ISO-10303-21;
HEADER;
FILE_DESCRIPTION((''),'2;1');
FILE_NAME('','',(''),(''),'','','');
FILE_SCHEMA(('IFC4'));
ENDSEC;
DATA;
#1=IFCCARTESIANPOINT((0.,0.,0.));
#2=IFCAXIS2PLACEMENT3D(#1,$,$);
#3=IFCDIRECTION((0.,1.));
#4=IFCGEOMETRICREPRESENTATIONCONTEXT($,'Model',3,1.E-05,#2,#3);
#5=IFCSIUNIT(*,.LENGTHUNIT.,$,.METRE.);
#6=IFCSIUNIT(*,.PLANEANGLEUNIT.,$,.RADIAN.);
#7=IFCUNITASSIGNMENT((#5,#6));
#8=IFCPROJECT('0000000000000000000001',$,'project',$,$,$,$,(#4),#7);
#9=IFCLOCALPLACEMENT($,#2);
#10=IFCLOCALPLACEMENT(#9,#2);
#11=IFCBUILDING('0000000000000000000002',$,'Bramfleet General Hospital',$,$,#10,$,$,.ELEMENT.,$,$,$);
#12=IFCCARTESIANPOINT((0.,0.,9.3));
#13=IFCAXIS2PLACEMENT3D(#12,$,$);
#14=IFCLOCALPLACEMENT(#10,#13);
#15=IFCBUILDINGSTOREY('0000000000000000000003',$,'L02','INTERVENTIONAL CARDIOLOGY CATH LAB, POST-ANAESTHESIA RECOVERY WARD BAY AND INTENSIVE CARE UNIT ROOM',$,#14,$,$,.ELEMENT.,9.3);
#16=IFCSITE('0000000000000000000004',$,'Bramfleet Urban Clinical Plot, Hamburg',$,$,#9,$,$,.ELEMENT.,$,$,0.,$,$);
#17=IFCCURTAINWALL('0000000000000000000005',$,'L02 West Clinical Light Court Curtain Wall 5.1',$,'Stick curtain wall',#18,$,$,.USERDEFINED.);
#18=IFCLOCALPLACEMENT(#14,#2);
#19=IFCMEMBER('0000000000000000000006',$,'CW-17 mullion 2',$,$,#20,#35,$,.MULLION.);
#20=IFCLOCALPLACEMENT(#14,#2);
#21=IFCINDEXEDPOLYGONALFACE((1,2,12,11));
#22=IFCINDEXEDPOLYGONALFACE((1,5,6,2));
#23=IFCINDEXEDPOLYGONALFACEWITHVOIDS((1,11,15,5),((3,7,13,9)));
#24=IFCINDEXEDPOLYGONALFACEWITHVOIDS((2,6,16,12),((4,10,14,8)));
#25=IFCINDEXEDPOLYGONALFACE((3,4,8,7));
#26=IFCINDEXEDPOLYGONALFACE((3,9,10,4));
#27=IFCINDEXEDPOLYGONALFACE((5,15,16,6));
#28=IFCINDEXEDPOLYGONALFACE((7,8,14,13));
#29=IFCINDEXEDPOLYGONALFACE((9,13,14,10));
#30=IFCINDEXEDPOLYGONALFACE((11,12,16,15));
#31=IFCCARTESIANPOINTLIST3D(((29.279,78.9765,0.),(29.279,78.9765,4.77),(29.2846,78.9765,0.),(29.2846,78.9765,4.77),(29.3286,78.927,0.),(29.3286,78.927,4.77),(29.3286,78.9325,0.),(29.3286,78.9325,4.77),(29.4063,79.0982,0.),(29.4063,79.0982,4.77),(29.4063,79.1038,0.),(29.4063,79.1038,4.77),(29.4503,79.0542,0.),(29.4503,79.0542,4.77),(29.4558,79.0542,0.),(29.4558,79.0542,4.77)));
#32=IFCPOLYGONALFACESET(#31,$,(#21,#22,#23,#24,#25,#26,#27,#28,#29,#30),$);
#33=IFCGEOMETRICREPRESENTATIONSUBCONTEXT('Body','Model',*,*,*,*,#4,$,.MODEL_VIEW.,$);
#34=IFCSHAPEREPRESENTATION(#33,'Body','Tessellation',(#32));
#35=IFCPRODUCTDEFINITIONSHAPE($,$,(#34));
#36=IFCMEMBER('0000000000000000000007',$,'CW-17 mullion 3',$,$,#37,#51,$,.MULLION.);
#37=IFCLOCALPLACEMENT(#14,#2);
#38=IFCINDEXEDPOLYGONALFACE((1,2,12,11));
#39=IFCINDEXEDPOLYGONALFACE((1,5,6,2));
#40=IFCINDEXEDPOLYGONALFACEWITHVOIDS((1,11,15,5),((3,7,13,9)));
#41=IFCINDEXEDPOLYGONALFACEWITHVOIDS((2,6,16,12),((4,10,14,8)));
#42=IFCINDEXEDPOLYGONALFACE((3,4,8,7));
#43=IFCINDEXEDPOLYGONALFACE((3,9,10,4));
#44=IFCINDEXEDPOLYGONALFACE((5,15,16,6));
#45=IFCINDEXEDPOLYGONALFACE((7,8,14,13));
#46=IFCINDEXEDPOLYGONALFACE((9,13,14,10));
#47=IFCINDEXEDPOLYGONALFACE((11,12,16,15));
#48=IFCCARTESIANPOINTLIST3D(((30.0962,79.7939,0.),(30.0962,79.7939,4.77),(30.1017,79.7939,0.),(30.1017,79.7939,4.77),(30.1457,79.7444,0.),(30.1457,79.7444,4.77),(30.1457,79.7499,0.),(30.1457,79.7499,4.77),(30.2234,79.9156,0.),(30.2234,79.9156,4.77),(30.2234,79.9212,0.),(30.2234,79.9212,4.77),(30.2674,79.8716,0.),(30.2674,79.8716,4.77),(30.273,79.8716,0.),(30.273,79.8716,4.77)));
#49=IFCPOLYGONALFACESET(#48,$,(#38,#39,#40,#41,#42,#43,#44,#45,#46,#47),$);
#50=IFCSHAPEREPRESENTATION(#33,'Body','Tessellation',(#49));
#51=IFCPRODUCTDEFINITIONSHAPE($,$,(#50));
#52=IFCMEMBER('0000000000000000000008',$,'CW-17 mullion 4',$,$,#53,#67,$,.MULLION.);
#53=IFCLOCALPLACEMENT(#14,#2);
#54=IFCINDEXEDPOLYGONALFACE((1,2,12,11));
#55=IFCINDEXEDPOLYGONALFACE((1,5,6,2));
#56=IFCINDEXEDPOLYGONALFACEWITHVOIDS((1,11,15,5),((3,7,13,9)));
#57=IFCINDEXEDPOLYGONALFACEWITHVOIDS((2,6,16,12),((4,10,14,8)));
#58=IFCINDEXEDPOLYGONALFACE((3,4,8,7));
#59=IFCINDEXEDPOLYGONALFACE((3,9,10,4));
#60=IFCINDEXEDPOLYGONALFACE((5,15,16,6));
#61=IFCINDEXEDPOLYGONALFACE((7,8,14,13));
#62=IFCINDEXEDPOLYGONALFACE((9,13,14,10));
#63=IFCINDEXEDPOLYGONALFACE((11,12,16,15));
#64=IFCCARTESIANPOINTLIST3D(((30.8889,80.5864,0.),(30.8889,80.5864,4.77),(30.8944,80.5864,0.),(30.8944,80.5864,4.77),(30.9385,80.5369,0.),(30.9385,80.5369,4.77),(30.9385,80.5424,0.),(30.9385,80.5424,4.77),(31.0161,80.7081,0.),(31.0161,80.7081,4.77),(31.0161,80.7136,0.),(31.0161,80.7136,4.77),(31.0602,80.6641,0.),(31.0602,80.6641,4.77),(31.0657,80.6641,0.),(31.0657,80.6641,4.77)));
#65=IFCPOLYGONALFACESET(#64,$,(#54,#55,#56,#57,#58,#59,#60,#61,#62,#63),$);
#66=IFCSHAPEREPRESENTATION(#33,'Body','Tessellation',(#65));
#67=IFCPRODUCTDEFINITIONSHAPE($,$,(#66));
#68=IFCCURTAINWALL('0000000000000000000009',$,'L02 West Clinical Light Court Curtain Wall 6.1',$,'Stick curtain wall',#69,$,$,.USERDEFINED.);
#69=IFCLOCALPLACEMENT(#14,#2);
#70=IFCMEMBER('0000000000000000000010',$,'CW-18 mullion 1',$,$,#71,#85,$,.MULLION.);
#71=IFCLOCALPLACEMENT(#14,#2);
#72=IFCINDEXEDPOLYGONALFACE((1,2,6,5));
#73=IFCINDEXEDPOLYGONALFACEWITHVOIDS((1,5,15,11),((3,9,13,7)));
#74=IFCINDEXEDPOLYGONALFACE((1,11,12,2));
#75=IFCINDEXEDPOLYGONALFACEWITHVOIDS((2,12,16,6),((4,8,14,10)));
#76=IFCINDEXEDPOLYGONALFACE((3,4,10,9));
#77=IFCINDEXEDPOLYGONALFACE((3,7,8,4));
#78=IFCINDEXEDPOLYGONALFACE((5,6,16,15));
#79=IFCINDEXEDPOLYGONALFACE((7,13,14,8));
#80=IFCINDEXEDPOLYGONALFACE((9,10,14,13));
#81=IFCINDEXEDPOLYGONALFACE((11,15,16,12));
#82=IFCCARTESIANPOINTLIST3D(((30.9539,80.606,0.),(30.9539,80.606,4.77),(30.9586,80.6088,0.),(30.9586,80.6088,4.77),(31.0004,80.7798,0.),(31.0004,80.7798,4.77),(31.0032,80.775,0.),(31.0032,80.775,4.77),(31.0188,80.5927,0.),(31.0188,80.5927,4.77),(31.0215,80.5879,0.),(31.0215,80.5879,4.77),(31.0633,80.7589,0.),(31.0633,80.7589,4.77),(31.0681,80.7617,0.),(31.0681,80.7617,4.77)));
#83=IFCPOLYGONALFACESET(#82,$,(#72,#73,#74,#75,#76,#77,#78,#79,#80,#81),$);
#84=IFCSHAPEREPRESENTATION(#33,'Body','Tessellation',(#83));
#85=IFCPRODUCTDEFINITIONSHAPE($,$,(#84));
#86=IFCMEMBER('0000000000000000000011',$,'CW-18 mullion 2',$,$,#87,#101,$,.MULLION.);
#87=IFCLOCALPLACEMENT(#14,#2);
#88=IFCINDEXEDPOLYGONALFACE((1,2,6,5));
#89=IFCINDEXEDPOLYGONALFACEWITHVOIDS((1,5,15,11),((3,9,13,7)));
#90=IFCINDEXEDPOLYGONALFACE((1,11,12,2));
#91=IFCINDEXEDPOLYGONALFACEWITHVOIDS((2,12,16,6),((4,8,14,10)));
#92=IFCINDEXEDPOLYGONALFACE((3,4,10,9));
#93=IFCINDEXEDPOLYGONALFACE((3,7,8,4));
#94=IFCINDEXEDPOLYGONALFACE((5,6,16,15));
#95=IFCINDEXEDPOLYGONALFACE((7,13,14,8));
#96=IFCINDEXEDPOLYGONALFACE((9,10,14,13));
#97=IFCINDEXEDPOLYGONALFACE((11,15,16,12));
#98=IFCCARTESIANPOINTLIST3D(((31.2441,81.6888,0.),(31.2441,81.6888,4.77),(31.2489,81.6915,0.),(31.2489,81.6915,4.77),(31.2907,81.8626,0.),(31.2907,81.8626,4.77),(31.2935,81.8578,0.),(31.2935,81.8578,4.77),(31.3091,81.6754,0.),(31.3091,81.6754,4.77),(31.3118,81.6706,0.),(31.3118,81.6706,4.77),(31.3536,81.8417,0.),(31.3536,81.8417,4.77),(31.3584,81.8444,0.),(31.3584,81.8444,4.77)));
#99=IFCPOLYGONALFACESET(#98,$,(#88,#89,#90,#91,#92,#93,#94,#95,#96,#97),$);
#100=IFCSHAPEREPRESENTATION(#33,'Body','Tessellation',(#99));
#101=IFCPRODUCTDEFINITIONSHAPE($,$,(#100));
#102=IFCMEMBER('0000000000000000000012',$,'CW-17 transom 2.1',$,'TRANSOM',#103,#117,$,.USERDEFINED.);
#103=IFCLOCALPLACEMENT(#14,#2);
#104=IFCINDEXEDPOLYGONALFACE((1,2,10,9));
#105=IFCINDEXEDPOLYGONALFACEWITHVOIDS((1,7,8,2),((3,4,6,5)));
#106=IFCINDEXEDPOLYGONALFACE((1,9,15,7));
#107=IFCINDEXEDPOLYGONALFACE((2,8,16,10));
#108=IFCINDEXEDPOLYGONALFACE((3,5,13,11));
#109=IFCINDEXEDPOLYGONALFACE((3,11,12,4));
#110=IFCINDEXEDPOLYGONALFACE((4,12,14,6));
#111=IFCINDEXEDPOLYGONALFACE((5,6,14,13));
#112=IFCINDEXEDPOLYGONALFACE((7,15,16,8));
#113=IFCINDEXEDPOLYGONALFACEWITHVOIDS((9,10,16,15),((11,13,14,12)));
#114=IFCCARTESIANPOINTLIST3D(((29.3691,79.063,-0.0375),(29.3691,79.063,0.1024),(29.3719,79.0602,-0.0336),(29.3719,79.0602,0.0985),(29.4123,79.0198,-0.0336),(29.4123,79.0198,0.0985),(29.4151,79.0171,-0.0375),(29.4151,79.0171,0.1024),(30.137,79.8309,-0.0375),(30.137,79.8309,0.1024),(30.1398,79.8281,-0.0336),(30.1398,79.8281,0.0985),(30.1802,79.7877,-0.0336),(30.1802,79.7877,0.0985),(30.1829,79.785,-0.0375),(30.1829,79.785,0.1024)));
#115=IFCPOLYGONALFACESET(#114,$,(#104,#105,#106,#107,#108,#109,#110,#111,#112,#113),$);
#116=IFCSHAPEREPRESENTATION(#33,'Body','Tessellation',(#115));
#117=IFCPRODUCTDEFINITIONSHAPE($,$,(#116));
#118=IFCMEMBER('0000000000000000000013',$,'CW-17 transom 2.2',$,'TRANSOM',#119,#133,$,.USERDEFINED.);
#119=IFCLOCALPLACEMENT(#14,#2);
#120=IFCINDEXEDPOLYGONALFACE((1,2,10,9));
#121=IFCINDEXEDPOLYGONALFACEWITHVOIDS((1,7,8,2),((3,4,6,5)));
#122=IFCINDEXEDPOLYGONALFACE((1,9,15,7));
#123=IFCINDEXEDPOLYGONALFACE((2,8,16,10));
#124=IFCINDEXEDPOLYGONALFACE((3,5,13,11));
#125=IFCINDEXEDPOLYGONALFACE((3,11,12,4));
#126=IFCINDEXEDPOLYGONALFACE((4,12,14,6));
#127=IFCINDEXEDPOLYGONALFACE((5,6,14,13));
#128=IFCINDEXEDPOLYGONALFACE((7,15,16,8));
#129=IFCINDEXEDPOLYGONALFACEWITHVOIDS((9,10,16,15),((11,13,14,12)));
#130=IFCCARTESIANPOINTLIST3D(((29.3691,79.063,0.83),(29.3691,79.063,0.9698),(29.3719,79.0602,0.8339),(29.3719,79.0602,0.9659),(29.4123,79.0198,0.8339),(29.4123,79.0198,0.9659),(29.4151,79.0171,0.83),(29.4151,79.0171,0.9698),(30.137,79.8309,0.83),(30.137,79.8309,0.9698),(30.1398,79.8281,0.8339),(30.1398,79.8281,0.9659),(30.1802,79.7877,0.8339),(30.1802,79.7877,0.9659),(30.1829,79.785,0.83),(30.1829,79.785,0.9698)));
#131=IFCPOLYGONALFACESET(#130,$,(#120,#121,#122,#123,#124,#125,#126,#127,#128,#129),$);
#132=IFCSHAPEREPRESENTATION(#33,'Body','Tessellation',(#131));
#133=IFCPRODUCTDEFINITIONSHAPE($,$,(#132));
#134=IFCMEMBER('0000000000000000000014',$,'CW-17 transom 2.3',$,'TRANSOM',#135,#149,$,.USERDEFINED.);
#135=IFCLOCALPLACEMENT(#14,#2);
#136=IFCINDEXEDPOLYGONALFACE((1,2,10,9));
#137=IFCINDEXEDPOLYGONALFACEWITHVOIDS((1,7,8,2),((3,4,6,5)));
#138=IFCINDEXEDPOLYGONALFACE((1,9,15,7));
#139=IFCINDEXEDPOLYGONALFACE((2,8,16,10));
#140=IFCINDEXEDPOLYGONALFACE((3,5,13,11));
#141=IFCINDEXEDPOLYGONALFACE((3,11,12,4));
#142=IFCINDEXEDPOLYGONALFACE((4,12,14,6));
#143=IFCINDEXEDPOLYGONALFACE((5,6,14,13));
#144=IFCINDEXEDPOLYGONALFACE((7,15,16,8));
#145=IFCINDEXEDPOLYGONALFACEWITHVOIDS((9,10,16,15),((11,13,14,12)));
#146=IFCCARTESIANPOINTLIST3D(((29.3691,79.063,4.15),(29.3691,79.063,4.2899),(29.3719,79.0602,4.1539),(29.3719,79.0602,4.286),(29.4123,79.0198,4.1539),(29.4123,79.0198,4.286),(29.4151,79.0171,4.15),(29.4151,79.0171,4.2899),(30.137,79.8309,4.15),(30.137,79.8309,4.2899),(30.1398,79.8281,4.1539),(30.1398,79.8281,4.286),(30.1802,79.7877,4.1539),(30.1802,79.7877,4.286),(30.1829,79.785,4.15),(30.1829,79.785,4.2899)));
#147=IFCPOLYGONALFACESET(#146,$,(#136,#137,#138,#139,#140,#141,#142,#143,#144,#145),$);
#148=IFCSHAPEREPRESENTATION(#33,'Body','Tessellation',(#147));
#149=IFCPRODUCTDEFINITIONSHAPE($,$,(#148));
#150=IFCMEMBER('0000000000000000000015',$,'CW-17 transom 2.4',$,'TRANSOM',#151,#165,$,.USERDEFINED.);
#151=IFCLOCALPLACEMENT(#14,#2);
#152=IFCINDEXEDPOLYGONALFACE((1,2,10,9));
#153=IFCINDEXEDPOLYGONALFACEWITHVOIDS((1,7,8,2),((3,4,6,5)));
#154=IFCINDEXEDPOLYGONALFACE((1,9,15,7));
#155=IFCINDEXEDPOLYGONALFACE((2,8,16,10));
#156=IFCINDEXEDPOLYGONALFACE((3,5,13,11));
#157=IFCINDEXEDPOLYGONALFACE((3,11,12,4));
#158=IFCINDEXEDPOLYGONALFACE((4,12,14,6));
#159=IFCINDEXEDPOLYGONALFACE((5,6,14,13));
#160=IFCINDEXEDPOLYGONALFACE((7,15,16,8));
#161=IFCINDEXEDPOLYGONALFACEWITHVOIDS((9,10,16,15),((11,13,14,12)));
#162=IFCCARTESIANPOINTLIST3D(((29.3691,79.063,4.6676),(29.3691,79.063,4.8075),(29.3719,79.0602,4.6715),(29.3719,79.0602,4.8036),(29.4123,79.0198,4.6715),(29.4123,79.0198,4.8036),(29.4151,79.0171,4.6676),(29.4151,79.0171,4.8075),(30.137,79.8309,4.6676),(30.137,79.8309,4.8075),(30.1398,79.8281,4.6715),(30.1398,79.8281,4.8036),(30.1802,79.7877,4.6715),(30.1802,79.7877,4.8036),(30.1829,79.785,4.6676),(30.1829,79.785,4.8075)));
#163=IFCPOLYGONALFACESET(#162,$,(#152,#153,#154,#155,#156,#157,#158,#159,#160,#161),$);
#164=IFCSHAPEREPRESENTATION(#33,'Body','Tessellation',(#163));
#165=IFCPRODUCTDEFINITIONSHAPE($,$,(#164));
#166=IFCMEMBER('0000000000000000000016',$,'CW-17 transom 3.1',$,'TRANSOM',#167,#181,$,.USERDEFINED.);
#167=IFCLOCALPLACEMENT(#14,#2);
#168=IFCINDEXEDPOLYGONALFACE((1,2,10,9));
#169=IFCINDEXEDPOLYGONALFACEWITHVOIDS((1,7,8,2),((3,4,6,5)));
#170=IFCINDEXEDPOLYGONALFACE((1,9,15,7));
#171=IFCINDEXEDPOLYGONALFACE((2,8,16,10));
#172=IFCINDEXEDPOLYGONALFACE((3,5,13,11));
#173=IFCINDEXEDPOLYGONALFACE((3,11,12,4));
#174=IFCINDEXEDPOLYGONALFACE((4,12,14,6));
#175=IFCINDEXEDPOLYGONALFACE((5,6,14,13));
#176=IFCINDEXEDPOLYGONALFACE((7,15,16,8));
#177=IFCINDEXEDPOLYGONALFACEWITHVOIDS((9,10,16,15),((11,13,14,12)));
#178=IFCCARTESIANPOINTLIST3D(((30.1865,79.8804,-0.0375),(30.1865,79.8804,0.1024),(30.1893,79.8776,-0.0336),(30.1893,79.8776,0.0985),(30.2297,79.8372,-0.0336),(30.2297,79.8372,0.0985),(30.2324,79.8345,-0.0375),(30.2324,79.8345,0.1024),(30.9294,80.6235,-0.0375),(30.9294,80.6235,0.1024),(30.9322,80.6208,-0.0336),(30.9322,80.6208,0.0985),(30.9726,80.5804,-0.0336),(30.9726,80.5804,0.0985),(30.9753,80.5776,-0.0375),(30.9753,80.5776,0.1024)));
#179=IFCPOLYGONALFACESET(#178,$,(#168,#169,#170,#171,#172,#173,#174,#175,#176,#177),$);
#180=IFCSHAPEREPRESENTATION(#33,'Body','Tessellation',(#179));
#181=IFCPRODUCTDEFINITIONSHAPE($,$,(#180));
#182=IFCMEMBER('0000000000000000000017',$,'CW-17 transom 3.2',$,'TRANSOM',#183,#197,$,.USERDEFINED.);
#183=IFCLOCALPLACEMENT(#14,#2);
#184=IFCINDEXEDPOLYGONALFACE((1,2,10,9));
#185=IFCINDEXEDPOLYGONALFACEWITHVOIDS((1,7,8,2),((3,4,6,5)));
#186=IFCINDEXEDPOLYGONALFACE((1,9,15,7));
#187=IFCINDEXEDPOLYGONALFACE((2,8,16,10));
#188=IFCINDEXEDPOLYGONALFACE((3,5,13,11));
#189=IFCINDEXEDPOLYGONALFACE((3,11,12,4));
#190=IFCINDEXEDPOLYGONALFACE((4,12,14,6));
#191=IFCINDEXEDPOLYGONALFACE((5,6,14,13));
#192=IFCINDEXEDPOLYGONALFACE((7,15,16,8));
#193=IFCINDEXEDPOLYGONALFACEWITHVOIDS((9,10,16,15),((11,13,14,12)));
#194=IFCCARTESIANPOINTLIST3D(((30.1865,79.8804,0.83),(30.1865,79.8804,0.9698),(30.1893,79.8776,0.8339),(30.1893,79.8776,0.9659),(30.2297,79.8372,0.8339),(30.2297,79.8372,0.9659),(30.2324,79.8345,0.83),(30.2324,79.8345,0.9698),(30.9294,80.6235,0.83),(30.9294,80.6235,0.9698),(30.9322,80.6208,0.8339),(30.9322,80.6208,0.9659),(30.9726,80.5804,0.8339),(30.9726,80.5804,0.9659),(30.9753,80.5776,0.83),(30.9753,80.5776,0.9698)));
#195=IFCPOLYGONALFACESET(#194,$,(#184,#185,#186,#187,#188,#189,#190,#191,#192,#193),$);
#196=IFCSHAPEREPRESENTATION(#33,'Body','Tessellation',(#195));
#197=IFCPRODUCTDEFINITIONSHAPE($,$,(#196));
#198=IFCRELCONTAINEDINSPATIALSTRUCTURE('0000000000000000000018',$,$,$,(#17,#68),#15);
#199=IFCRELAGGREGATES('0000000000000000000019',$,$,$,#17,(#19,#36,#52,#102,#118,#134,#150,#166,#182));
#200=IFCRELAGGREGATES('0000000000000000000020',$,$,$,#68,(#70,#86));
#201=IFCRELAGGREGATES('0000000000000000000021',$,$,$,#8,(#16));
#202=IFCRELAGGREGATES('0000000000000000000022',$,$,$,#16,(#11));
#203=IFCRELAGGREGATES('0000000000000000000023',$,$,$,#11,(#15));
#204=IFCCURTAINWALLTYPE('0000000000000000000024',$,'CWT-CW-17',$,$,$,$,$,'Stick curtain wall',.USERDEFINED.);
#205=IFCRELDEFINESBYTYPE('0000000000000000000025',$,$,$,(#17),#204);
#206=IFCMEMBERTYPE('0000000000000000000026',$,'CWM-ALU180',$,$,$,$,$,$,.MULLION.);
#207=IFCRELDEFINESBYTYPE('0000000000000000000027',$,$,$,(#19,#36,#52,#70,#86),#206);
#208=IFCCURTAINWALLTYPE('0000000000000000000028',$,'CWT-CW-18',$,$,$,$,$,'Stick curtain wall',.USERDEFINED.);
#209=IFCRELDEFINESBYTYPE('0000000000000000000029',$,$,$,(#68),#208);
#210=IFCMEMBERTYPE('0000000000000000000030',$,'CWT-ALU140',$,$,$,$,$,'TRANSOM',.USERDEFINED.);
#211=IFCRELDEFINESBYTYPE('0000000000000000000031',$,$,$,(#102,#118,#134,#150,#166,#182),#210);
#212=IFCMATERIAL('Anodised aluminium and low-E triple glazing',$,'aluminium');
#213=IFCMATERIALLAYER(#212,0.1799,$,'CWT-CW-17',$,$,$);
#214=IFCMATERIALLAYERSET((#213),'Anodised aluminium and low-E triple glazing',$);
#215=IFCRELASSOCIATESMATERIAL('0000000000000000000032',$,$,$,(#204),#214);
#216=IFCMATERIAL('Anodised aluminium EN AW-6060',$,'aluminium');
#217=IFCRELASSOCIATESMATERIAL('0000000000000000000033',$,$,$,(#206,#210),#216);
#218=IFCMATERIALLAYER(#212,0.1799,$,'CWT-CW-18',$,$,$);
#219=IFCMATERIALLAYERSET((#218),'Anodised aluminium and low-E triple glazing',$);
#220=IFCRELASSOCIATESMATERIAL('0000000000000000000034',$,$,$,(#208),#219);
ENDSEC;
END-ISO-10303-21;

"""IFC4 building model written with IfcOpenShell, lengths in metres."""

from ifc_helpers import new_model, si_unit, direction, frame, origin, origin_2d, place, context, subcontext, project, spatial, hollow_rectangle, extrude, material, layer, layer_set, material_profile, profile_set, type_object, element, aggregate, save


model = new_model("IFC4")

# Units and contexts
model_context = context("Model", 3, precision=1e-05, world=origin(), true_north=direction((0.0, 1.0)))
body_context = subcontext(model_context, "Body", "Model", "MODEL_VIEW")
ifc_project = project(units=[si_unit("LENGTHUNIT", "METRE"), si_unit("PLANEANGLEUNIT", "RADIAN")], contexts=[model_context])

# Site, building, storey
site_placement = place(None, origin())
site = spatial("IfcSite", under=ifc_project, at=site_placement, Name="Bramfleet Urban Clinical Plot, Hamburg", CompositionType="ELEMENT", RefElevation=0.0)
building_placement = place(site_placement, origin())
building = spatial("IfcBuilding", under=site, at=building_placement, Name="Bramfleet General Hospital", CompositionType="ELEMENT")
storey_placement = place(building_placement, frame((0.0, 0.0, 9.3)))
storey = spatial("IfcBuildingStorey", under=building, at=storey_placement, Name="L02", Description="INTERVENTIONAL CARDIOLOGY CATH LAB, POST-ANAESTHESIA RECOVERY WARD BAY AND INTENSIVE CARE UNIT ROOM", CompositionType="ELEMENT", Elevation=9.3)

# Curtain walls, members
ifc_material_1 = material(Name="Anodised aluminium and low-E triple glazing", Category="aluminium")
ifc_layer_1 = layer(ifc_material_1, 0.1799, Name="CWT-CW-17")
ifc_layer_set_1 = layer_set([ifc_layer_1], Name="Anodised aluminium and low-E triple glazing")
curtain_wall_type_1 = type_object("IfcCurtainWallType", Name="CWT-CW-17", ElementType="Stick curtain wall", PredefinedType="USERDEFINED", material=ifc_layer_set_1)
curtain_wall_1_placement = place(storey_placement, origin())
curtain_wall_1 = element("IfcCurtainWall", 1, at=curtain_wall_1_placement, inside=storey, type_object=curtain_wall_type_1, Name="L02 West Clinical Light Court Curtain Wall 5.1", ObjectType="Stick curtain wall", PredefinedType="USERDEFINED")
ifc_material_2 = material(Name="Anodised aluminium EN AW-6060", Category="aluminium")
ifc_material_profile_1 = material_profile(ifc_material_2, hollow_rectangle(XDim=0.0701, YDim=0.1799, WallThickness=0.0039, at=origin_2d()), Name="ALU 180x70x4.0")
ifc_profile_set_1 = profile_set([ifc_material_profile_1], Name="Anodised aluminium EN AW-6060")
member_type_1 = type_object("IfcMemberType", Name="CWM-ALU180", PredefinedType="MULLION", material=ifc_profile_set_1)
member_1_placement = place(storey_placement, frame((29.3674, 79.0154, 0.0), z_axis=(0.0, 0.0, 1.0), x_axis=(-0.707107, 0.707107, 0.0)))
member_1 = element("IfcMember", 2, at=member_1_placement, type_object=member_type_1, Name="CW-17 mullion 2", PredefinedType="MULLION", context=body_context, shape_type="SweptSolid", body=[
    extrude(hollow_rectangle(XDim=0.0701, YDim=0.1799, WallThickness=0.0039, at=origin_2d()), origin(), (0.0, 0.0, 1.0), 4.77),
])
member_2_placement = place(storey_placement, frame((30.1846, 79.8328, 0.0), z_axis=(0.0, 0.0, 1.0), x_axis=(-0.707107, 0.707107, 0.0)))
member_2 = element("IfcMember", 3, at=member_2_placement, type_object=member_type_1, Name="CW-17 mullion 3", PredefinedType="MULLION", context=body_context, shape_type="SweptSolid", body=[
    extrude(hollow_rectangle(XDim=0.0701, YDim=0.1799, WallThickness=0.0039, at=origin_2d()), origin(), (0.0, 0.0, 1.0), 4.77),
])
member_3_placement = place(storey_placement, frame((30.9773, 80.6252, 0.0), z_axis=(0.0, 0.0, 1.0), x_axis=(-0.707107, 0.707107, 0.0)))
member_3 = element("IfcMember", 4, at=member_3_placement, type_object=member_type_1, Name="CW-17 mullion 4", PredefinedType="MULLION", context=body_context, shape_type="SweptSolid", body=[
    extrude(hollow_rectangle(XDim=0.0701, YDim=0.1799, WallThickness=0.0039, at=origin_2d()), origin(), (0.0, 0.0, 1.0), 4.77),
])
ifc_layer_2 = layer(ifc_material_1, 0.1799, Name="CWT-CW-18")
ifc_layer_set_2 = layer_set([ifc_layer_2], Name="Anodised aluminium and low-E triple glazing")
curtain_wall_type_2 = type_object("IfcCurtainWallType", Name="CWT-CW-18", ElementType="Stick curtain wall", PredefinedType="USERDEFINED", material=ifc_layer_set_2)
curtain_wall_2_placement = place(storey_placement, origin())
curtain_wall_2 = element("IfcCurtainWall", 5, at=curtain_wall_2_placement, inside=storey, type_object=curtain_wall_type_2, Name="L02 West Clinical Light Court Curtain Wall 6.1", ObjectType="Stick curtain wall", PredefinedType="USERDEFINED")
member_4_placement = place(storey_placement, frame((31.011, 80.6838, 0.0), z_axis=(0.0, 0.0, 1.0), x_axis=(-0.965899, 0.258919, 0.0)))
member_4 = element("IfcMember", 6, at=member_4_placement, type_object=member_type_1, Name="CW-18 mullion 1", PredefinedType="MULLION", context=body_context, shape_type="SweptSolid", body=[
    extrude(hollow_rectangle(XDim=0.0701, YDim=0.1799, WallThickness=0.0039, at=origin_2d()), origin(), (0.0, 0.0, 1.0), 4.77),
])
member_5_placement = place(storey_placement, frame((31.3013, 81.7666, 0.0), z_axis=(0.0, 0.0, 1.0), x_axis=(-0.965899, 0.258919, 0.0)))
member_5 = element("IfcMember", 7, at=member_5_placement, type_object=member_type_1, Name="CW-18 mullion 2", PredefinedType="MULLION", context=body_context, shape_type="SweptSolid", body=[
    extrude(hollow_rectangle(XDim=0.0701, YDim=0.1799, WallThickness=0.0039, at=origin_2d()), origin(), (0.0, 0.0, 1.0), 4.77),
])

# Members
ifc_material_profile_2 = material_profile(ifc_material_2, hollow_rectangle(XDim=0.0649, YDim=0.1399, WallThickness=0.0039, at=origin_2d()), Name="ALU 140x65x4.0")
ifc_profile_set_2 = profile_set([ifc_material_profile_2], Name="Anodised aluminium EN AW-6060")
member_type_2 = type_object("IfcMemberType", Name="CWT-ALU140", ElementType="TRANSOM", PredefinedType="USERDEFINED", material=ifc_profile_set_2)
member_6_placement = place(storey_placement, frame((29.3921, 79.04, 0.0325), z_axis=(0.707107, 0.707107, 0.0), x_axis=(-0.707107, 0.707107, 0.0)))
member_6 = element("IfcMember", 8, at=member_6_placement, type_object=member_type_2, Name="CW-17 transom 2.1", ObjectType="TRANSOM", PredefinedType="USERDEFINED", context=body_context, shape_type="SweptSolid", body=[
    extrude(hollow_rectangle(XDim=0.0649, YDim=0.1399, WallThickness=0.0039, at=origin_2d()), origin(), (0.0, 0.0, 1.0), 1.0859),
])
member_7_placement = place(storey_placement, frame((29.3921, 79.04, 0.8999), z_axis=(0.707107, 0.707107, 0.0), x_axis=(-0.707107, 0.707107, 0.0)))
member_7 = element("IfcMember", 9, at=member_7_placement, type_object=member_type_2, Name="CW-17 transom 2.2", ObjectType="TRANSOM", PredefinedType="USERDEFINED", context=body_context, shape_type="SweptSolid", body=[
    extrude(hollow_rectangle(XDim=0.0649, YDim=0.1399, WallThickness=0.0039, at=origin_2d()), origin(), (0.0, 0.0, 1.0), 1.0859),
])
member_8_placement = place(storey_placement, frame((29.3921, 79.04, 4.22), z_axis=(0.707107, 0.707107, 0.0), x_axis=(-0.707107, 0.707107, 0.0)))
member_8 = element("IfcMember", 10, at=member_8_placement, type_object=member_type_2, Name="CW-17 transom 2.3", ObjectType="TRANSOM", PredefinedType="USERDEFINED", context=body_context, shape_type="SweptSolid", body=[
    extrude(hollow_rectangle(XDim=0.0649, YDim=0.1399, WallThickness=0.0039, at=origin_2d()), origin(), (0.0, 0.0, 1.0), 1.0859),
])
member_9_placement = place(storey_placement, frame((29.3921, 79.04, 4.7375), z_axis=(0.707107, 0.707107, 0.0), x_axis=(-0.707107, 0.707107, 0.0)))
member_9 = element("IfcMember", 11, at=member_9_placement, type_object=member_type_2, Name="CW-17 transom 2.4", ObjectType="TRANSOM", PredefinedType="USERDEFINED", context=body_context, shape_type="SweptSolid", body=[
    extrude(hollow_rectangle(XDim=0.0649, YDim=0.1399, WallThickness=0.0039, at=origin_2d()), origin(), (0.0, 0.0, 1.0), 1.0859),
])
member_10_placement = place(storey_placement, frame((30.2095, 79.8574, 0.0325), z_axis=(0.706991, 0.707223, 0.0), x_axis=(-0.707223, 0.706991, 0.0)))
member_10 = element("IfcMember", 12, at=member_10_placement, type_object=member_type_2, Name="CW-17 transom 3.1", ObjectType="TRANSOM", PredefinedType="USERDEFINED", context=body_context, shape_type="SweptSolid", body=[
    extrude(hollow_rectangle(XDim=0.0649, YDim=0.1399, WallThickness=0.0039, at=origin_2d()), origin(), (0.0, 0.0, 1.0), 1.0508),
])
member_11_placement = place(storey_placement, frame((30.2095, 79.8574, 0.8999), z_axis=(0.706991, 0.707223, 0.0), x_axis=(-0.707223, 0.706991, 0.0)))
member_11 = element("IfcMember", 13, at=member_11_placement, type_object=member_type_2, Name="CW-17 transom 3.2", ObjectType="TRANSOM", PredefinedType="USERDEFINED", context=body_context, shape_type="SweptSolid", body=[
    extrude(hollow_rectangle(XDim=0.0649, YDim=0.1399, WallThickness=0.0039, at=origin_2d()), origin(), (0.0, 0.0, 1.0), 1.0508),
])

aggregate(curtain_wall_1, [member_1, member_2, member_3, member_6, member_7, member_8, member_9, member_10, member_11])
aggregate(curtain_wall_2, [member_4, member_5])

save(model, "model.ifc")
